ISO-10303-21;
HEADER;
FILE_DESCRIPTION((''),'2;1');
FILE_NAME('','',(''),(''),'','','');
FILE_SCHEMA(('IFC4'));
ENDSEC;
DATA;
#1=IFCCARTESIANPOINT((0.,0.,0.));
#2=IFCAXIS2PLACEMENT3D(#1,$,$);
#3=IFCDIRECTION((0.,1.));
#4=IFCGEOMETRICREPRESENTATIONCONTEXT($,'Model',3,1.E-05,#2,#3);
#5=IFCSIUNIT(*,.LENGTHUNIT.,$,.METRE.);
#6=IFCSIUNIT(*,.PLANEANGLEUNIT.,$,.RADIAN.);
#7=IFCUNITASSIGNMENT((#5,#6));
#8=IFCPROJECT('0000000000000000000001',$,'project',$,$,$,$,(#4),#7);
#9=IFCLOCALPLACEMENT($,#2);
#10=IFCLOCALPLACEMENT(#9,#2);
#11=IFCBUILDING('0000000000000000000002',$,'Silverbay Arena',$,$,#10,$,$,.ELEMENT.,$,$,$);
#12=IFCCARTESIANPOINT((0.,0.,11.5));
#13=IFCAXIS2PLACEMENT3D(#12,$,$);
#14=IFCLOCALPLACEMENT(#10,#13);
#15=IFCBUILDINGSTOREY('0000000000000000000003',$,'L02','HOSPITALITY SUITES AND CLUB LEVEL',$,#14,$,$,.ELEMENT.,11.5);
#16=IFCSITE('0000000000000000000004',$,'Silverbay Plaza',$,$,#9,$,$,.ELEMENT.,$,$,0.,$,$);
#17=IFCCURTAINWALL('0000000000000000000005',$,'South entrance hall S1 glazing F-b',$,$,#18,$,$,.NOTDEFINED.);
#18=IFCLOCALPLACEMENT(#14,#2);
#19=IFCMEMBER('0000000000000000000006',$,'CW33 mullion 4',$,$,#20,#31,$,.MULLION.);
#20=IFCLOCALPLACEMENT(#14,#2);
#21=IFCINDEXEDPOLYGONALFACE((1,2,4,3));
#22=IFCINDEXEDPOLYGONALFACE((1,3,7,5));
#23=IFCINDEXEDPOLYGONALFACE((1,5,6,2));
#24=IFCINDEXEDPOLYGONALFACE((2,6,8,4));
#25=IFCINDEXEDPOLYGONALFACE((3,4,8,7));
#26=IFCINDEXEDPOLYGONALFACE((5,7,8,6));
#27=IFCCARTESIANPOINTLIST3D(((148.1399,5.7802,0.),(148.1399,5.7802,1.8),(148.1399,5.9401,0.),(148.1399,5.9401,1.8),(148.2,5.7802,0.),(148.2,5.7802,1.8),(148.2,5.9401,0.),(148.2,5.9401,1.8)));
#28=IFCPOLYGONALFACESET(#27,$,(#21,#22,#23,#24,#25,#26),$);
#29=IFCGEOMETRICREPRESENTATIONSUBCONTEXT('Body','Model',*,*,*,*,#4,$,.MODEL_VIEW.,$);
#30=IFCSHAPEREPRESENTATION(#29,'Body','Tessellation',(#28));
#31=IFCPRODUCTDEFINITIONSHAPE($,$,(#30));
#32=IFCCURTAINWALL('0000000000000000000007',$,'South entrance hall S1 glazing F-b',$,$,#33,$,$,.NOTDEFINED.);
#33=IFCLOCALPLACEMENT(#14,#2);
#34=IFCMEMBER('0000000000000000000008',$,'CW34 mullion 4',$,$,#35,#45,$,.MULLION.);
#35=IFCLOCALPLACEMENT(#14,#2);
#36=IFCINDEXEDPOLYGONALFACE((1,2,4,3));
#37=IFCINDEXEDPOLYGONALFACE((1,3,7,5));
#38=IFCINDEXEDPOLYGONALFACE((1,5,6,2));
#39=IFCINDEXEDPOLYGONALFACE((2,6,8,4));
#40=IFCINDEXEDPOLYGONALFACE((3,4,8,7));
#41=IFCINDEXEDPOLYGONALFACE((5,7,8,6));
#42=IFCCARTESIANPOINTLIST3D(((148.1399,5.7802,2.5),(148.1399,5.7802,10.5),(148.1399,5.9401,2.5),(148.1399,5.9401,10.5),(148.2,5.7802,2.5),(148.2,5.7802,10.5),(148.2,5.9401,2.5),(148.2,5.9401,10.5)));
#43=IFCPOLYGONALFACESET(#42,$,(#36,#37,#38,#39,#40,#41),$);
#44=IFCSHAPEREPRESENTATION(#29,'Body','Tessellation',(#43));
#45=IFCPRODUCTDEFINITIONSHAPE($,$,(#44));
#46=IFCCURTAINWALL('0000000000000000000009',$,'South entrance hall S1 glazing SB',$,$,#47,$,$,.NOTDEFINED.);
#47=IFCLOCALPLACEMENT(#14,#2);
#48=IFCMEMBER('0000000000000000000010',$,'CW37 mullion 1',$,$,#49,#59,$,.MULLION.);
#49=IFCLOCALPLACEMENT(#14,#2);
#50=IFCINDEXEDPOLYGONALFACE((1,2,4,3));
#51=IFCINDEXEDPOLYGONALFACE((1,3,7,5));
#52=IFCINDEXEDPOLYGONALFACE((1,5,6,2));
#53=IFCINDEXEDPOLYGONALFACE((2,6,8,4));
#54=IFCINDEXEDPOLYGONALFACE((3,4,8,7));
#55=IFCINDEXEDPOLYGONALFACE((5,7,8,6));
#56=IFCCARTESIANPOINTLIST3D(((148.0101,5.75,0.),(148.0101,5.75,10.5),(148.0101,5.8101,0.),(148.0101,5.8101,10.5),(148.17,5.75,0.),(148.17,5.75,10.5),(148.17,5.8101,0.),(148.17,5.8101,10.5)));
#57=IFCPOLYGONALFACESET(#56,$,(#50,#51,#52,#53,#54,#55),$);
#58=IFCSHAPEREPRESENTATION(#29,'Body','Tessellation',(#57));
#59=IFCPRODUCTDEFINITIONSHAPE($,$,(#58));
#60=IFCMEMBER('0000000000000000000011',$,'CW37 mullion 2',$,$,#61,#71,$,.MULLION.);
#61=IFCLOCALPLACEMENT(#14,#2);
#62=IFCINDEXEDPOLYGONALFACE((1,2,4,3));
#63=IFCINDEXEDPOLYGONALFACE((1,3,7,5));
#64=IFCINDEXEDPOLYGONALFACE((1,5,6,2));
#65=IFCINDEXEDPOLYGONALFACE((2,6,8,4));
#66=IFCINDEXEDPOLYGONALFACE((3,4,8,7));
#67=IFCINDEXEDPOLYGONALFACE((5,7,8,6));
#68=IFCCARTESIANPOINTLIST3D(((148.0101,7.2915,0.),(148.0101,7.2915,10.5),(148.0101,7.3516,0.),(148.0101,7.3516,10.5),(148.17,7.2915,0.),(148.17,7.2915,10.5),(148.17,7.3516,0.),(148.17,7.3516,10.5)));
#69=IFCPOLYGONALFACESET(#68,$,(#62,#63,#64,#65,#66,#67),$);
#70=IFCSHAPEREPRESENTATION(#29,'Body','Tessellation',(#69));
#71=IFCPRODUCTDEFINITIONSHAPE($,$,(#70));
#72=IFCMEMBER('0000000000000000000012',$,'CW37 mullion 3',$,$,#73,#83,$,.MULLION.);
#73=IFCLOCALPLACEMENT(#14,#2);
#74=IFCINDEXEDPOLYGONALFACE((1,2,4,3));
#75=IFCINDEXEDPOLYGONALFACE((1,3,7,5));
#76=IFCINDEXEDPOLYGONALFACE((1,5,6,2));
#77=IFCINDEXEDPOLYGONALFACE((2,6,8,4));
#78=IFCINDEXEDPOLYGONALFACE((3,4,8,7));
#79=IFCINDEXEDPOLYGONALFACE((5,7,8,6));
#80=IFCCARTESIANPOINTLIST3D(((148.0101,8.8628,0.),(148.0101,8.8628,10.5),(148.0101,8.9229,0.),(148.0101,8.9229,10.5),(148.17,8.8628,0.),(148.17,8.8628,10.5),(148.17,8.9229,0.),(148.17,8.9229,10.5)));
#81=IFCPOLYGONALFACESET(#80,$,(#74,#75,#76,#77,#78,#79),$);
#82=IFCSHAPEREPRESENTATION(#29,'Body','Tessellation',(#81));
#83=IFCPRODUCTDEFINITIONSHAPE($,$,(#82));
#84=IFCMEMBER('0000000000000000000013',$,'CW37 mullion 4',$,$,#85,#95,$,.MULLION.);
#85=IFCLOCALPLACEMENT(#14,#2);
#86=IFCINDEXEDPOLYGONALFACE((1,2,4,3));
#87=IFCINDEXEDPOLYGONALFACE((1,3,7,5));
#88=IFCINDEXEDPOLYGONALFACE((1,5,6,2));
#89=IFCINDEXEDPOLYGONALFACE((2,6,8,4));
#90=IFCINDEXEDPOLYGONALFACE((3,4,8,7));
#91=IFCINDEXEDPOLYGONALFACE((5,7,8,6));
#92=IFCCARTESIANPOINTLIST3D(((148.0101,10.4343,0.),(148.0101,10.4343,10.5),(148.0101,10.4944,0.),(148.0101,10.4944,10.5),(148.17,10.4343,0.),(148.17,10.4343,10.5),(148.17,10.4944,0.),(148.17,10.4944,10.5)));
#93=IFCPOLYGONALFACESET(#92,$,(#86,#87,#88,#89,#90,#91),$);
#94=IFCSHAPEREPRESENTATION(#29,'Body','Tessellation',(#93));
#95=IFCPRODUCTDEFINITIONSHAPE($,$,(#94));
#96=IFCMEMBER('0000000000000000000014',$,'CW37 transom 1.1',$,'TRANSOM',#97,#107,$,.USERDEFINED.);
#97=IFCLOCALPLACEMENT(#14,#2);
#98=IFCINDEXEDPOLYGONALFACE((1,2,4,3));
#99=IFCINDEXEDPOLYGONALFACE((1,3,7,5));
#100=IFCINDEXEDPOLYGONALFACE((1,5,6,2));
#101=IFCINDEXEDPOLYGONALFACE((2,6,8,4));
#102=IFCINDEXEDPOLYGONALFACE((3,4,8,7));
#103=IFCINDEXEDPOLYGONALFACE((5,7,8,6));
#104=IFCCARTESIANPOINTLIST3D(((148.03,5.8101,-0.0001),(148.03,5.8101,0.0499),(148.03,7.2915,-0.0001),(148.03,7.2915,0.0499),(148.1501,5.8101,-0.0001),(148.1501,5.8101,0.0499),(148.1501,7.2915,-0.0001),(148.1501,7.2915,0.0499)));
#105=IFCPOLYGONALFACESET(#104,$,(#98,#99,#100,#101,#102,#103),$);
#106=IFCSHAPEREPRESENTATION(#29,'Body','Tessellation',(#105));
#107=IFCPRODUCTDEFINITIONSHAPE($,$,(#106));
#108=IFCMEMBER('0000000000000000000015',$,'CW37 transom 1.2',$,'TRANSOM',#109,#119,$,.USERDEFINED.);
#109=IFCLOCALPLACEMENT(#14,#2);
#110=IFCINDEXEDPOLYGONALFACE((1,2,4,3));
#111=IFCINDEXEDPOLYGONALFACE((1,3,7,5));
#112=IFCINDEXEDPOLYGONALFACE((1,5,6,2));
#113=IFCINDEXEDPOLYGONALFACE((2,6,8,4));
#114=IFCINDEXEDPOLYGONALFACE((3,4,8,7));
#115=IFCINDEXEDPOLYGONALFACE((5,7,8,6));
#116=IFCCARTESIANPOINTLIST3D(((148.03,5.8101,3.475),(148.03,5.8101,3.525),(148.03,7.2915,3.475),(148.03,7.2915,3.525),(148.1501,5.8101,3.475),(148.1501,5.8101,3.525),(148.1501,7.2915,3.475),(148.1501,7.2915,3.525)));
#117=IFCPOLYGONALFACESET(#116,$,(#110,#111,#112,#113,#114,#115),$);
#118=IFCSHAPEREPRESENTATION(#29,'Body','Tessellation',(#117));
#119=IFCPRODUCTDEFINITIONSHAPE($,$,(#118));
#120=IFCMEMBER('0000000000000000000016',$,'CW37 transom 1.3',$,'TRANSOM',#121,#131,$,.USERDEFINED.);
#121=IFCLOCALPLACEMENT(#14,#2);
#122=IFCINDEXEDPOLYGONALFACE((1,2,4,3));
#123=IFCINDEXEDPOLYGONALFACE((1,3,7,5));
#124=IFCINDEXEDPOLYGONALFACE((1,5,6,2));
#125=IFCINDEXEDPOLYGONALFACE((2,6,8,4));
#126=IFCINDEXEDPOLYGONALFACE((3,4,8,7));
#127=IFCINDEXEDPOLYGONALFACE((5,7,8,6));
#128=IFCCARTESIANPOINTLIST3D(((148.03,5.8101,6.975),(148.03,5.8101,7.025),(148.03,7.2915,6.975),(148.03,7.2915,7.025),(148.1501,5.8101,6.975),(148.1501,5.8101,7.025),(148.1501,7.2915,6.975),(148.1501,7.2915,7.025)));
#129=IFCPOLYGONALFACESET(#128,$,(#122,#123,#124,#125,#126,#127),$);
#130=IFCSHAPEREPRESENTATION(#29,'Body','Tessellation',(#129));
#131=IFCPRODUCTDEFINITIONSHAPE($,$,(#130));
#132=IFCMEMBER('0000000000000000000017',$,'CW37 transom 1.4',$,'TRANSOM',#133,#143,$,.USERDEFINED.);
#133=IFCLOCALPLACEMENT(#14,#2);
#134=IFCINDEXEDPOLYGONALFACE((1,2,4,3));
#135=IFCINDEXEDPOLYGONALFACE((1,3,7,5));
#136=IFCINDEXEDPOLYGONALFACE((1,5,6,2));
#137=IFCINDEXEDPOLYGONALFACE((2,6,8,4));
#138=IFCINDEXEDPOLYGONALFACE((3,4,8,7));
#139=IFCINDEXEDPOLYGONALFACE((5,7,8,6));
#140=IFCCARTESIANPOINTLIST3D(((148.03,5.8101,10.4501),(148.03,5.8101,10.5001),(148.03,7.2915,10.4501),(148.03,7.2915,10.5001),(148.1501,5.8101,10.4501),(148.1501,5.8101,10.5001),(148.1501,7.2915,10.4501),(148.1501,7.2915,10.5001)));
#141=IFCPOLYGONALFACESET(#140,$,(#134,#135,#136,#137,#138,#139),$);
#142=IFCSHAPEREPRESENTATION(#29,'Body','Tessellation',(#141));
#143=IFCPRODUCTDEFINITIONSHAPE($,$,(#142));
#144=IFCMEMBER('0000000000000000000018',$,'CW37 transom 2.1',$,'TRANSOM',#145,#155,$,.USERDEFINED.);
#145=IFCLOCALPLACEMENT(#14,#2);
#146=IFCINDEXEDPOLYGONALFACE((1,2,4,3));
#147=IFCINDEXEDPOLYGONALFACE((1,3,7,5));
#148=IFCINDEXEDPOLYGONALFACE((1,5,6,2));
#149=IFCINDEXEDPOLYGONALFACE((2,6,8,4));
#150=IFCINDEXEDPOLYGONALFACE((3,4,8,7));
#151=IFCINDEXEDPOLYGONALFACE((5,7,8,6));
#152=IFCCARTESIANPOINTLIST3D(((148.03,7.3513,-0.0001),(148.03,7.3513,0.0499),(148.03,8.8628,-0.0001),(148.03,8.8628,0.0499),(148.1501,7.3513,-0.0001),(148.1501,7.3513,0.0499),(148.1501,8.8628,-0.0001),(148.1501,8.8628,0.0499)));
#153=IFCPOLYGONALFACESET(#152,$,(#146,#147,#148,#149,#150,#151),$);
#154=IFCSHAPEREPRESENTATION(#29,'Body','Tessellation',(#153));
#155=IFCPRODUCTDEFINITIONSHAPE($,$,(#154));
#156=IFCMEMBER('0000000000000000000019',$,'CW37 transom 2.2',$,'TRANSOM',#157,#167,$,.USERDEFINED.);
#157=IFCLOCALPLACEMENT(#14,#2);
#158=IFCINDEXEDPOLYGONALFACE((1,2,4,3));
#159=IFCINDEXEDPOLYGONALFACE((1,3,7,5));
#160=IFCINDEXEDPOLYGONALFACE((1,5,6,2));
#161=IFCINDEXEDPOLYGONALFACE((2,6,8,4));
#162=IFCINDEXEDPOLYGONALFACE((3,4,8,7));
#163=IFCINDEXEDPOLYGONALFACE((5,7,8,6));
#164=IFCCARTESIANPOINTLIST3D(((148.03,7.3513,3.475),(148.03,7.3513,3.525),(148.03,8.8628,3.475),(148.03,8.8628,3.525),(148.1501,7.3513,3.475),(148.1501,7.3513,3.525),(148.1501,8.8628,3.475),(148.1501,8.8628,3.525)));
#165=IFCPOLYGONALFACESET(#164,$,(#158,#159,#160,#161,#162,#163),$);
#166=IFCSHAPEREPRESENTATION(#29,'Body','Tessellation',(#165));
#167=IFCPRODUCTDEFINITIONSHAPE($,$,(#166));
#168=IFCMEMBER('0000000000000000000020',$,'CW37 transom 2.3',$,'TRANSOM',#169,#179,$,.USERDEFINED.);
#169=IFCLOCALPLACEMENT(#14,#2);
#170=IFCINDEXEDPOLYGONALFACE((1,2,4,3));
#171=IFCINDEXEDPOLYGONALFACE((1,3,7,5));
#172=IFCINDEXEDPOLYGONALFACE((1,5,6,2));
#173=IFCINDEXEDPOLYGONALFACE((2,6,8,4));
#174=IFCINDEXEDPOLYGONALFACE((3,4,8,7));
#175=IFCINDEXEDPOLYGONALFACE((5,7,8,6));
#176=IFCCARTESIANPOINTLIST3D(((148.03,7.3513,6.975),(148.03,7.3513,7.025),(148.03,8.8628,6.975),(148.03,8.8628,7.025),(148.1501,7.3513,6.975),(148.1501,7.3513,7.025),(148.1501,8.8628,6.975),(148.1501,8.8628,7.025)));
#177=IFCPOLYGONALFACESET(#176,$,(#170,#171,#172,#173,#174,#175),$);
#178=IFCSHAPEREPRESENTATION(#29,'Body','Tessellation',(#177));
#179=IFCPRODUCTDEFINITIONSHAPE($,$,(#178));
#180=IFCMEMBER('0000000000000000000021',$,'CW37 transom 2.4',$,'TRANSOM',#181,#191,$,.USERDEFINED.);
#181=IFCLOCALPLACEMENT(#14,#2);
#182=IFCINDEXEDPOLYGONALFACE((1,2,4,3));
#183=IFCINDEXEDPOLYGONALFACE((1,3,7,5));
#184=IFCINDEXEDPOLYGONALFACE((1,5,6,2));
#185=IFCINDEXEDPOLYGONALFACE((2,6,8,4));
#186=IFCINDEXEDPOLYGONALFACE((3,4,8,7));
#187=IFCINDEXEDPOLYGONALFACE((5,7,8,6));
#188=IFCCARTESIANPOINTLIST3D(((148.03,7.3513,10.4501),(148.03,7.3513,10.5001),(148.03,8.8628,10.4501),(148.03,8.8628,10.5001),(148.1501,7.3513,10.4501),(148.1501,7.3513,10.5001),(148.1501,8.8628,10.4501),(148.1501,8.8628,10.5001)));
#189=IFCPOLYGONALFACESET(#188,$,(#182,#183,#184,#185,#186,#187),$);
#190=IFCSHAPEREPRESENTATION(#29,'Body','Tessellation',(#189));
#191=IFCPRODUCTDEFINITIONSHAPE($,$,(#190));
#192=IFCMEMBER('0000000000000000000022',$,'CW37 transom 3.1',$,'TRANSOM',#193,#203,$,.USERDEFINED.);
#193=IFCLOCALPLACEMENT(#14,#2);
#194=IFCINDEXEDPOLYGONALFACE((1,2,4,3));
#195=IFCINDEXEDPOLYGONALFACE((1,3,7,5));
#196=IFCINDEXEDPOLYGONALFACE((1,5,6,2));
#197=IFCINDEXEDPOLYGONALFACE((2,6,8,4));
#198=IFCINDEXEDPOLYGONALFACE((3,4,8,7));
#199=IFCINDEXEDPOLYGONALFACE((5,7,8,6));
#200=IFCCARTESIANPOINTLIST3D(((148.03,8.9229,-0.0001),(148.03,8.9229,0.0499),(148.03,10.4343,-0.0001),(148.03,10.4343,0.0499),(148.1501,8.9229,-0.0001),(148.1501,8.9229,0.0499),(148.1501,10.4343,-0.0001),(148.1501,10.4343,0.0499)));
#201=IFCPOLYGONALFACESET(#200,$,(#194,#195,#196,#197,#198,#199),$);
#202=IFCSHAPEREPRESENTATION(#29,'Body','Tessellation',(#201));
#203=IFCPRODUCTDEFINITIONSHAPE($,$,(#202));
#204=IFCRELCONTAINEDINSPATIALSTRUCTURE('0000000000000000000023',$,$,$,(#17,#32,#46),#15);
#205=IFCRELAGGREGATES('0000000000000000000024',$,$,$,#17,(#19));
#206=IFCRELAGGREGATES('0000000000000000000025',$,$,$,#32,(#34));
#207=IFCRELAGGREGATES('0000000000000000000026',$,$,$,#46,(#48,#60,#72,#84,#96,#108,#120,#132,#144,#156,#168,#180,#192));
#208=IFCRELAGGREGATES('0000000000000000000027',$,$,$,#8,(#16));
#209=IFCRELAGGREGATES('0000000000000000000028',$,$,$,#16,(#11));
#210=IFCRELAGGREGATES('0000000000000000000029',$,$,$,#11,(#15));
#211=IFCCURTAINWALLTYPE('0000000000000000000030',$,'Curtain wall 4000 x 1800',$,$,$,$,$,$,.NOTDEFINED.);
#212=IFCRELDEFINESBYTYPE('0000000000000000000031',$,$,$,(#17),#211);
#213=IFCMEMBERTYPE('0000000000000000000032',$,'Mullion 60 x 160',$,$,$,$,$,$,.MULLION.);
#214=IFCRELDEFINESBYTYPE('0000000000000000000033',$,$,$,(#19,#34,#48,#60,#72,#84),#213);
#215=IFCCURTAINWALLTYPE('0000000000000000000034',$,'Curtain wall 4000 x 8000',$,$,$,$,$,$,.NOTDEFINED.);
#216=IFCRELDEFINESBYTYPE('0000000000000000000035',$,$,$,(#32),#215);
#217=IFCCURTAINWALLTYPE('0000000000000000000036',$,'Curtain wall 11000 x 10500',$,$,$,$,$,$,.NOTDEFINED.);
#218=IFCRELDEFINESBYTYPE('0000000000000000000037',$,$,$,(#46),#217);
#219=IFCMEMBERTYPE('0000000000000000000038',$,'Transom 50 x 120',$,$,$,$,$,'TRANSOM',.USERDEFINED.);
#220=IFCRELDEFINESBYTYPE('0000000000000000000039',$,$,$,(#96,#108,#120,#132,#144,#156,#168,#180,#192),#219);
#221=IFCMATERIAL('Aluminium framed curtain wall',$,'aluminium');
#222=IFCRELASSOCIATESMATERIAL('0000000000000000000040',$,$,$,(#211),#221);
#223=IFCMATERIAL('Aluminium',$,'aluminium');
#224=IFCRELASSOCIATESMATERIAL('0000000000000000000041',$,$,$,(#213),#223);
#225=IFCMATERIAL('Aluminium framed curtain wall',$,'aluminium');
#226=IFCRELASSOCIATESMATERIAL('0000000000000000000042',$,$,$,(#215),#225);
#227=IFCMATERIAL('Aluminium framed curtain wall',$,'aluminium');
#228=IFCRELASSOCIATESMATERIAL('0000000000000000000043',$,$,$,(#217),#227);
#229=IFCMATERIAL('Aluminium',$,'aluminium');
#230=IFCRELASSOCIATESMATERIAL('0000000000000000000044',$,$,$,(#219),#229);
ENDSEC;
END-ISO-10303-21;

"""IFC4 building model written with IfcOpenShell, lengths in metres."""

from ifc_helpers import new_model, si_unit, direction, frame, origin, origin_2d, place, context, subcontext, project, spatial, rectangle, extrude, material, material_profile, profile_set, type_object, element, aggregate, save


model = new_model("IFC4")

# Units and contexts
model_context = context("Model", 3, precision=1e-05, world=origin(), true_north=direction((0.0, 1.0)))
body_context = subcontext(model_context, "Body", "Model", "MODEL_VIEW")
ifc_project = project(units=[si_unit("LENGTHUNIT", "METRE"), si_unit("PLANEANGLEUNIT", "RADIAN")], contexts=[model_context])

# Site, building, storey
site_placement = place(None, origin())
site = spatial("IfcSite", under=ifc_project, at=site_placement, Name="Silverbay Plaza", CompositionType="ELEMENT", RefElevation=0.0)
building_placement = place(site_placement, origin())
building = spatial("IfcBuilding", under=site, at=building_placement, Name="Silverbay Arena", CompositionType="ELEMENT")
storey_placement = place(building_placement, frame((0.0, 0.0, 11.5)))
storey = spatial("IfcBuildingStorey", under=building, at=storey_placement, Name="L02", Description="HOSPITALITY SUITES AND CLUB LEVEL", CompositionType="ELEMENT", Elevation=11.5)

# Curtain walls, members
ifc_material_1 = material(Name="Aluminium framed curtain wall", Category="aluminium")
curtain_wall_type_1 = type_object("IfcCurtainWallType", Name="Curtain wall 4000 x 1800", PredefinedType="NOTDEFINED", material=ifc_material_1)
curtain_wall_1_placement = place(storey_placement, origin())
curtain_wall_1 = element("IfcCurtainWall", 1, at=curtain_wall_1_placement, inside=storey, type_object=curtain_wall_type_1, Name="South entrance hall S1 glazing F-b", PredefinedType="NOTDEFINED")
ifc_material_2 = material(Name="Aluminium", Category="aluminium")
ifc_material_profile_1 = material_profile(ifc_material_2, rectangle(XDim=0.1599, YDim=0.0601, at=origin_2d()), Name="Mullion 60 x 160")
ifc_profile_set_1 = profile_set([ifc_material_profile_1], Name="Aluminium")
member_type_1 = type_object("IfcMemberType", Name="Mullion 60 x 160", PredefinedType="MULLION", material=ifc_profile_set_1)
member_1_placement = place(storey_placement, frame((148.1699, 5.8601, 0.0), z_axis=(0.0, 0.0, 1.0), x_axis=(0.0, 1.0, 0.0)))
member_1 = element("IfcMember", 2, at=member_1_placement, type_object=member_type_1, Name="CW33 mullion 4", PredefinedType="MULLION", context=body_context, shape_type="SweptSolid", body=[
    extrude(rectangle(XDim=0.1599, YDim=0.0601, at=origin_2d()), origin(), (0.0, 0.0, 1.0), 1.8),
])
aggregate(curtain_wall_1, [member_1])
ifc_material_3 = material(Name="Aluminium framed curtain wall", Category="aluminium")
curtain_wall_type_2 = type_object("IfcCurtainWallType", Name="Curtain wall 4000 x 8000", PredefinedType="NOTDEFINED", material=ifc_material_3)
curtain_wall_2_placement = place(storey_placement, origin())
curtain_wall_2 = element("IfcCurtainWall", 3, at=curtain_wall_2_placement, inside=storey, type_object=curtain_wall_type_2, Name="South entrance hall S1 glazing F-b", PredefinedType="NOTDEFINED")
member_2_placement = place(storey_placement, frame((148.1699, 5.8601, 2.5), z_axis=(0.0, 0.0, 1.0), x_axis=(0.0, 1.0, 0.0)))
member_2 = element("IfcMember", 4, at=member_2_placement, type_object=member_type_1, Name="CW34 mullion 4", PredefinedType="MULLION", context=body_context, shape_type="SweptSolid", body=[
    extrude(rectangle(XDim=0.1599, YDim=0.0601, at=origin_2d()), origin(), (0.0, 0.0, 1.0), 8.0),
])
aggregate(curtain_wall_2, [member_2])

# Curtain wall, members
ifc_material_4 = material(Name="Aluminium framed curtain wall", Category="aluminium")
curtain_wall_type_3 = type_object("IfcCurtainWallType", Name="Curtain wall 11000 x 10500", PredefinedType="NOTDEFINED", material=ifc_material_4)
curtain_wall_3_placement = place(storey_placement, origin())
curtain_wall_3 = element("IfcCurtainWall", 5, at=curtain_wall_3_placement, inside=storey, type_object=curtain_wall_type_3, Name="South entrance hall S1 glazing SB", PredefinedType="NOTDEFINED")
member_3_placement = place(storey_placement, frame((148.0901, 5.78, 0.0), z_axis=(0.0, 0.0, 1.0), x_axis=(-1.0, 0.0, 0.0)))
member_3 = element("IfcMember", 6, at=member_3_placement, type_object=member_type_1, Name="CW37 mullion 1", PredefinedType="MULLION", context=body_context, shape_type="SweptSolid", body=[
    extrude(rectangle(XDim=0.1599, YDim=0.0601, at=origin_2d()), origin(), (0.0, 0.0, 1.0), 10.5),
])
member_4_placement = place(storey_placement, frame((148.0901, 7.3215, 0.0), z_axis=(0.0, 0.0, 1.0), x_axis=(-1.0, 0.0, 0.0)))
member_4 = element("IfcMember", 7, at=member_4_placement, type_object=member_type_1, Name="CW37 mullion 2", PredefinedType="MULLION", context=body_context, shape_type="SweptSolid", body=[
    extrude(rectangle(XDim=0.1599, YDim=0.0601, at=origin_2d()), origin(), (0.0, 0.0, 1.0), 10.5),
])
member_5_placement = place(storey_placement, frame((148.0901, 8.8928, 0.0), z_axis=(0.0, 0.0, 1.0), x_axis=(-1.0, 0.0, 0.0)))
member_5 = element("IfcMember", 8, at=member_5_placement, type_object=member_type_1, Name="CW37 mullion 3", PredefinedType="MULLION", context=body_context, shape_type="SweptSolid", body=[
    extrude(rectangle(XDim=0.1599, YDim=0.0601, at=origin_2d()), origin(), (0.0, 0.0, 1.0), 10.5),
])
member_6_placement = place(storey_placement, frame((148.0901, 10.4644, 0.0), z_axis=(0.0, 0.0, 1.0), x_axis=(-1.0, 0.0, 0.0)))
member_6 = element("IfcMember", 9, at=member_6_placement, type_object=member_type_1, Name="CW37 mullion 4", PredefinedType="MULLION", context=body_context, shape_type="SweptSolid", body=[
    extrude(rectangle(XDim=0.1599, YDim=0.0601, at=origin_2d()), origin(), (0.0, 0.0, 1.0), 10.5),
])
ifc_material_5 = material(Name="Aluminium", Category="aluminium")
ifc_material_profile_2 = material_profile(ifc_material_5, rectangle(XDim=0.1201, YDim=0.05, at=origin_2d()), Name="Transom 50 x 120")
ifc_profile_set_2 = profile_set([ifc_material_profile_2], Name="Aluminium")
member_type_2 = type_object("IfcMemberType", Name="Transom 50 x 120", ElementType="TRANSOM", PredefinedType="USERDEFINED", material=ifc_profile_set_2)
member_7_placement = place(storey_placement, frame((148.0901, 5.8101, 0.0249), z_axis=(0.0, 1.0, 0.0), x_axis=(-1.0, 0.0, 0.0)))
member_7 = element("IfcMember", 10, at=member_7_placement, type_object=member_type_2, Name="CW37 transom 1.1", ObjectType="TRANSOM", PredefinedType="USERDEFINED", context=body_context, shape_type="SweptSolid", body=[
    extrude(rectangle(XDim=0.1201, YDim=0.05, at=origin_2d()), origin(), (0.0, 0.0, 1.0), 1.4814),
])
member_8_placement = place(storey_placement, frame((148.0901, 5.8101, 3.5), z_axis=(0.0, 1.0, 0.0), x_axis=(-1.0, 0.0, 0.0)))
member_8 = element("IfcMember", 11, at=member_8_placement, type_object=member_type_2, Name="CW37 transom 1.2", ObjectType="TRANSOM", PredefinedType="USERDEFINED", context=body_context, shape_type="SweptSolid", body=[
    extrude(rectangle(XDim=0.1201, YDim=0.05, at=origin_2d()), origin(), (0.0, 0.0, 1.0), 1.4814),
])
member_9_placement = place(storey_placement, frame((148.0901, 5.8101, 7.0), z_axis=(0.0, 1.0, 0.0), x_axis=(-1.0, 0.0, 0.0)))
member_9 = element("IfcMember", 12, at=member_9_placement, type_object=member_type_2, Name="CW37 transom 1.3", ObjectType="TRANSOM", PredefinedType="USERDEFINED", context=body_context, shape_type="SweptSolid", body=[
    extrude(rectangle(XDim=0.1201, YDim=0.05, at=origin_2d()), origin(), (0.0, 0.0, 1.0), 1.4814),
])
member_10_placement = place(storey_placement, frame((148.0901, 5.8101, 10.4751), z_axis=(0.0, 1.0, 0.0), x_axis=(-1.0, 0.0, 0.0)))
member_10 = element("IfcMember", 13, at=member_10_placement, type_object=member_type_2, Name="CW37 transom 1.4", ObjectType="TRANSOM", PredefinedType="USERDEFINED", context=body_context, shape_type="SweptSolid", body=[
    extrude(rectangle(XDim=0.1201, YDim=0.05, at=origin_2d()), origin(), (0.0, 0.0, 1.0), 1.4814),
])
member_11_placement = place(storey_placement, frame((148.0901, 7.3513, 0.0249), z_axis=(0.0, 1.0, 0.0), x_axis=(-1.0, 0.0, 0.0)))
member_11 = element("IfcMember", 14, at=member_11_placement, type_object=member_type_2, Name="CW37 transom 2.1", ObjectType="TRANSOM", PredefinedType="USERDEFINED", context=body_context, shape_type="SweptSolid", body=[
    extrude(rectangle(XDim=0.1201, YDim=0.05, at=origin_2d()), origin(), (0.0, 0.0, 1.0), 1.5115),
])
member_12_placement = place(storey_placement, frame((148.0901, 7.3513, 3.5), z_axis=(0.0, 1.0, 0.0), x_axis=(-1.0, 0.0, 0.0)))
member_12 = element("IfcMember", 15, at=member_12_placement, type_object=member_type_2, Name="CW37 transom 2.2", ObjectType="TRANSOM", PredefinedType="USERDEFINED", context=body_context, shape_type="SweptSolid", body=[
    extrude(rectangle(XDim=0.1201, YDim=0.05, at=origin_2d()), origin(), (0.0, 0.0, 1.0), 1.5115),
])
member_13_placement = place(storey_placement, frame((148.0901, 7.3513, 7.0), z_axis=(0.0, 1.0, 0.0), x_axis=(-1.0, 0.0, 0.0)))
member_13 = element("IfcMember", 16, at=member_13_placement, type_object=member_type_2, Name="CW37 transom 2.3", ObjectType="TRANSOM", PredefinedType="USERDEFINED", context=body_context, shape_type="SweptSolid", body=[
    extrude(rectangle(XDim=0.1201, YDim=0.05, at=origin_2d()), origin(), (0.0, 0.0, 1.0), 1.5115),
])
member_14_placement = place(storey_placement, frame((148.0901, 7.3513, 10.4751), z_axis=(0.0, 1.0, 0.0), x_axis=(-1.0, 0.0, 0.0)))
member_14 = element("IfcMember", 17, at=member_14_placement, type_object=member_type_2, Name="CW37 transom 2.4", ObjectType="TRANSOM", PredefinedType="USERDEFINED", context=body_context, shape_type="SweptSolid", body=[
    extrude(rectangle(XDim=0.1201, YDim=0.05, at=origin_2d()), origin(), (0.0, 0.0, 1.0), 1.5115),
])
member_15_placement = place(storey_placement, frame((148.0901, 8.9229, 0.0249), z_axis=(0.0, 1.0, 0.0), x_axis=(-1.0, 0.0, 0.0)))
member_15 = element("IfcMember", 18, at=member_15_placement, type_object=member_type_2, Name="CW37 transom 3.1", ObjectType="TRANSOM", PredefinedType="USERDEFINED", context=body_context, shape_type="SweptSolid", body=[
    extrude(rectangle(XDim=0.1201, YDim=0.05, at=origin_2d()), origin(), (0.0, 0.0, 1.0), 1.5115),
])
aggregate(curtain_wall_3, [member_3, member_4, member_5, member_6, member_7, member_8, member_9, member_10, member_11, member_12, member_13, member_14, member_15])

save(model, "model.ifc")
